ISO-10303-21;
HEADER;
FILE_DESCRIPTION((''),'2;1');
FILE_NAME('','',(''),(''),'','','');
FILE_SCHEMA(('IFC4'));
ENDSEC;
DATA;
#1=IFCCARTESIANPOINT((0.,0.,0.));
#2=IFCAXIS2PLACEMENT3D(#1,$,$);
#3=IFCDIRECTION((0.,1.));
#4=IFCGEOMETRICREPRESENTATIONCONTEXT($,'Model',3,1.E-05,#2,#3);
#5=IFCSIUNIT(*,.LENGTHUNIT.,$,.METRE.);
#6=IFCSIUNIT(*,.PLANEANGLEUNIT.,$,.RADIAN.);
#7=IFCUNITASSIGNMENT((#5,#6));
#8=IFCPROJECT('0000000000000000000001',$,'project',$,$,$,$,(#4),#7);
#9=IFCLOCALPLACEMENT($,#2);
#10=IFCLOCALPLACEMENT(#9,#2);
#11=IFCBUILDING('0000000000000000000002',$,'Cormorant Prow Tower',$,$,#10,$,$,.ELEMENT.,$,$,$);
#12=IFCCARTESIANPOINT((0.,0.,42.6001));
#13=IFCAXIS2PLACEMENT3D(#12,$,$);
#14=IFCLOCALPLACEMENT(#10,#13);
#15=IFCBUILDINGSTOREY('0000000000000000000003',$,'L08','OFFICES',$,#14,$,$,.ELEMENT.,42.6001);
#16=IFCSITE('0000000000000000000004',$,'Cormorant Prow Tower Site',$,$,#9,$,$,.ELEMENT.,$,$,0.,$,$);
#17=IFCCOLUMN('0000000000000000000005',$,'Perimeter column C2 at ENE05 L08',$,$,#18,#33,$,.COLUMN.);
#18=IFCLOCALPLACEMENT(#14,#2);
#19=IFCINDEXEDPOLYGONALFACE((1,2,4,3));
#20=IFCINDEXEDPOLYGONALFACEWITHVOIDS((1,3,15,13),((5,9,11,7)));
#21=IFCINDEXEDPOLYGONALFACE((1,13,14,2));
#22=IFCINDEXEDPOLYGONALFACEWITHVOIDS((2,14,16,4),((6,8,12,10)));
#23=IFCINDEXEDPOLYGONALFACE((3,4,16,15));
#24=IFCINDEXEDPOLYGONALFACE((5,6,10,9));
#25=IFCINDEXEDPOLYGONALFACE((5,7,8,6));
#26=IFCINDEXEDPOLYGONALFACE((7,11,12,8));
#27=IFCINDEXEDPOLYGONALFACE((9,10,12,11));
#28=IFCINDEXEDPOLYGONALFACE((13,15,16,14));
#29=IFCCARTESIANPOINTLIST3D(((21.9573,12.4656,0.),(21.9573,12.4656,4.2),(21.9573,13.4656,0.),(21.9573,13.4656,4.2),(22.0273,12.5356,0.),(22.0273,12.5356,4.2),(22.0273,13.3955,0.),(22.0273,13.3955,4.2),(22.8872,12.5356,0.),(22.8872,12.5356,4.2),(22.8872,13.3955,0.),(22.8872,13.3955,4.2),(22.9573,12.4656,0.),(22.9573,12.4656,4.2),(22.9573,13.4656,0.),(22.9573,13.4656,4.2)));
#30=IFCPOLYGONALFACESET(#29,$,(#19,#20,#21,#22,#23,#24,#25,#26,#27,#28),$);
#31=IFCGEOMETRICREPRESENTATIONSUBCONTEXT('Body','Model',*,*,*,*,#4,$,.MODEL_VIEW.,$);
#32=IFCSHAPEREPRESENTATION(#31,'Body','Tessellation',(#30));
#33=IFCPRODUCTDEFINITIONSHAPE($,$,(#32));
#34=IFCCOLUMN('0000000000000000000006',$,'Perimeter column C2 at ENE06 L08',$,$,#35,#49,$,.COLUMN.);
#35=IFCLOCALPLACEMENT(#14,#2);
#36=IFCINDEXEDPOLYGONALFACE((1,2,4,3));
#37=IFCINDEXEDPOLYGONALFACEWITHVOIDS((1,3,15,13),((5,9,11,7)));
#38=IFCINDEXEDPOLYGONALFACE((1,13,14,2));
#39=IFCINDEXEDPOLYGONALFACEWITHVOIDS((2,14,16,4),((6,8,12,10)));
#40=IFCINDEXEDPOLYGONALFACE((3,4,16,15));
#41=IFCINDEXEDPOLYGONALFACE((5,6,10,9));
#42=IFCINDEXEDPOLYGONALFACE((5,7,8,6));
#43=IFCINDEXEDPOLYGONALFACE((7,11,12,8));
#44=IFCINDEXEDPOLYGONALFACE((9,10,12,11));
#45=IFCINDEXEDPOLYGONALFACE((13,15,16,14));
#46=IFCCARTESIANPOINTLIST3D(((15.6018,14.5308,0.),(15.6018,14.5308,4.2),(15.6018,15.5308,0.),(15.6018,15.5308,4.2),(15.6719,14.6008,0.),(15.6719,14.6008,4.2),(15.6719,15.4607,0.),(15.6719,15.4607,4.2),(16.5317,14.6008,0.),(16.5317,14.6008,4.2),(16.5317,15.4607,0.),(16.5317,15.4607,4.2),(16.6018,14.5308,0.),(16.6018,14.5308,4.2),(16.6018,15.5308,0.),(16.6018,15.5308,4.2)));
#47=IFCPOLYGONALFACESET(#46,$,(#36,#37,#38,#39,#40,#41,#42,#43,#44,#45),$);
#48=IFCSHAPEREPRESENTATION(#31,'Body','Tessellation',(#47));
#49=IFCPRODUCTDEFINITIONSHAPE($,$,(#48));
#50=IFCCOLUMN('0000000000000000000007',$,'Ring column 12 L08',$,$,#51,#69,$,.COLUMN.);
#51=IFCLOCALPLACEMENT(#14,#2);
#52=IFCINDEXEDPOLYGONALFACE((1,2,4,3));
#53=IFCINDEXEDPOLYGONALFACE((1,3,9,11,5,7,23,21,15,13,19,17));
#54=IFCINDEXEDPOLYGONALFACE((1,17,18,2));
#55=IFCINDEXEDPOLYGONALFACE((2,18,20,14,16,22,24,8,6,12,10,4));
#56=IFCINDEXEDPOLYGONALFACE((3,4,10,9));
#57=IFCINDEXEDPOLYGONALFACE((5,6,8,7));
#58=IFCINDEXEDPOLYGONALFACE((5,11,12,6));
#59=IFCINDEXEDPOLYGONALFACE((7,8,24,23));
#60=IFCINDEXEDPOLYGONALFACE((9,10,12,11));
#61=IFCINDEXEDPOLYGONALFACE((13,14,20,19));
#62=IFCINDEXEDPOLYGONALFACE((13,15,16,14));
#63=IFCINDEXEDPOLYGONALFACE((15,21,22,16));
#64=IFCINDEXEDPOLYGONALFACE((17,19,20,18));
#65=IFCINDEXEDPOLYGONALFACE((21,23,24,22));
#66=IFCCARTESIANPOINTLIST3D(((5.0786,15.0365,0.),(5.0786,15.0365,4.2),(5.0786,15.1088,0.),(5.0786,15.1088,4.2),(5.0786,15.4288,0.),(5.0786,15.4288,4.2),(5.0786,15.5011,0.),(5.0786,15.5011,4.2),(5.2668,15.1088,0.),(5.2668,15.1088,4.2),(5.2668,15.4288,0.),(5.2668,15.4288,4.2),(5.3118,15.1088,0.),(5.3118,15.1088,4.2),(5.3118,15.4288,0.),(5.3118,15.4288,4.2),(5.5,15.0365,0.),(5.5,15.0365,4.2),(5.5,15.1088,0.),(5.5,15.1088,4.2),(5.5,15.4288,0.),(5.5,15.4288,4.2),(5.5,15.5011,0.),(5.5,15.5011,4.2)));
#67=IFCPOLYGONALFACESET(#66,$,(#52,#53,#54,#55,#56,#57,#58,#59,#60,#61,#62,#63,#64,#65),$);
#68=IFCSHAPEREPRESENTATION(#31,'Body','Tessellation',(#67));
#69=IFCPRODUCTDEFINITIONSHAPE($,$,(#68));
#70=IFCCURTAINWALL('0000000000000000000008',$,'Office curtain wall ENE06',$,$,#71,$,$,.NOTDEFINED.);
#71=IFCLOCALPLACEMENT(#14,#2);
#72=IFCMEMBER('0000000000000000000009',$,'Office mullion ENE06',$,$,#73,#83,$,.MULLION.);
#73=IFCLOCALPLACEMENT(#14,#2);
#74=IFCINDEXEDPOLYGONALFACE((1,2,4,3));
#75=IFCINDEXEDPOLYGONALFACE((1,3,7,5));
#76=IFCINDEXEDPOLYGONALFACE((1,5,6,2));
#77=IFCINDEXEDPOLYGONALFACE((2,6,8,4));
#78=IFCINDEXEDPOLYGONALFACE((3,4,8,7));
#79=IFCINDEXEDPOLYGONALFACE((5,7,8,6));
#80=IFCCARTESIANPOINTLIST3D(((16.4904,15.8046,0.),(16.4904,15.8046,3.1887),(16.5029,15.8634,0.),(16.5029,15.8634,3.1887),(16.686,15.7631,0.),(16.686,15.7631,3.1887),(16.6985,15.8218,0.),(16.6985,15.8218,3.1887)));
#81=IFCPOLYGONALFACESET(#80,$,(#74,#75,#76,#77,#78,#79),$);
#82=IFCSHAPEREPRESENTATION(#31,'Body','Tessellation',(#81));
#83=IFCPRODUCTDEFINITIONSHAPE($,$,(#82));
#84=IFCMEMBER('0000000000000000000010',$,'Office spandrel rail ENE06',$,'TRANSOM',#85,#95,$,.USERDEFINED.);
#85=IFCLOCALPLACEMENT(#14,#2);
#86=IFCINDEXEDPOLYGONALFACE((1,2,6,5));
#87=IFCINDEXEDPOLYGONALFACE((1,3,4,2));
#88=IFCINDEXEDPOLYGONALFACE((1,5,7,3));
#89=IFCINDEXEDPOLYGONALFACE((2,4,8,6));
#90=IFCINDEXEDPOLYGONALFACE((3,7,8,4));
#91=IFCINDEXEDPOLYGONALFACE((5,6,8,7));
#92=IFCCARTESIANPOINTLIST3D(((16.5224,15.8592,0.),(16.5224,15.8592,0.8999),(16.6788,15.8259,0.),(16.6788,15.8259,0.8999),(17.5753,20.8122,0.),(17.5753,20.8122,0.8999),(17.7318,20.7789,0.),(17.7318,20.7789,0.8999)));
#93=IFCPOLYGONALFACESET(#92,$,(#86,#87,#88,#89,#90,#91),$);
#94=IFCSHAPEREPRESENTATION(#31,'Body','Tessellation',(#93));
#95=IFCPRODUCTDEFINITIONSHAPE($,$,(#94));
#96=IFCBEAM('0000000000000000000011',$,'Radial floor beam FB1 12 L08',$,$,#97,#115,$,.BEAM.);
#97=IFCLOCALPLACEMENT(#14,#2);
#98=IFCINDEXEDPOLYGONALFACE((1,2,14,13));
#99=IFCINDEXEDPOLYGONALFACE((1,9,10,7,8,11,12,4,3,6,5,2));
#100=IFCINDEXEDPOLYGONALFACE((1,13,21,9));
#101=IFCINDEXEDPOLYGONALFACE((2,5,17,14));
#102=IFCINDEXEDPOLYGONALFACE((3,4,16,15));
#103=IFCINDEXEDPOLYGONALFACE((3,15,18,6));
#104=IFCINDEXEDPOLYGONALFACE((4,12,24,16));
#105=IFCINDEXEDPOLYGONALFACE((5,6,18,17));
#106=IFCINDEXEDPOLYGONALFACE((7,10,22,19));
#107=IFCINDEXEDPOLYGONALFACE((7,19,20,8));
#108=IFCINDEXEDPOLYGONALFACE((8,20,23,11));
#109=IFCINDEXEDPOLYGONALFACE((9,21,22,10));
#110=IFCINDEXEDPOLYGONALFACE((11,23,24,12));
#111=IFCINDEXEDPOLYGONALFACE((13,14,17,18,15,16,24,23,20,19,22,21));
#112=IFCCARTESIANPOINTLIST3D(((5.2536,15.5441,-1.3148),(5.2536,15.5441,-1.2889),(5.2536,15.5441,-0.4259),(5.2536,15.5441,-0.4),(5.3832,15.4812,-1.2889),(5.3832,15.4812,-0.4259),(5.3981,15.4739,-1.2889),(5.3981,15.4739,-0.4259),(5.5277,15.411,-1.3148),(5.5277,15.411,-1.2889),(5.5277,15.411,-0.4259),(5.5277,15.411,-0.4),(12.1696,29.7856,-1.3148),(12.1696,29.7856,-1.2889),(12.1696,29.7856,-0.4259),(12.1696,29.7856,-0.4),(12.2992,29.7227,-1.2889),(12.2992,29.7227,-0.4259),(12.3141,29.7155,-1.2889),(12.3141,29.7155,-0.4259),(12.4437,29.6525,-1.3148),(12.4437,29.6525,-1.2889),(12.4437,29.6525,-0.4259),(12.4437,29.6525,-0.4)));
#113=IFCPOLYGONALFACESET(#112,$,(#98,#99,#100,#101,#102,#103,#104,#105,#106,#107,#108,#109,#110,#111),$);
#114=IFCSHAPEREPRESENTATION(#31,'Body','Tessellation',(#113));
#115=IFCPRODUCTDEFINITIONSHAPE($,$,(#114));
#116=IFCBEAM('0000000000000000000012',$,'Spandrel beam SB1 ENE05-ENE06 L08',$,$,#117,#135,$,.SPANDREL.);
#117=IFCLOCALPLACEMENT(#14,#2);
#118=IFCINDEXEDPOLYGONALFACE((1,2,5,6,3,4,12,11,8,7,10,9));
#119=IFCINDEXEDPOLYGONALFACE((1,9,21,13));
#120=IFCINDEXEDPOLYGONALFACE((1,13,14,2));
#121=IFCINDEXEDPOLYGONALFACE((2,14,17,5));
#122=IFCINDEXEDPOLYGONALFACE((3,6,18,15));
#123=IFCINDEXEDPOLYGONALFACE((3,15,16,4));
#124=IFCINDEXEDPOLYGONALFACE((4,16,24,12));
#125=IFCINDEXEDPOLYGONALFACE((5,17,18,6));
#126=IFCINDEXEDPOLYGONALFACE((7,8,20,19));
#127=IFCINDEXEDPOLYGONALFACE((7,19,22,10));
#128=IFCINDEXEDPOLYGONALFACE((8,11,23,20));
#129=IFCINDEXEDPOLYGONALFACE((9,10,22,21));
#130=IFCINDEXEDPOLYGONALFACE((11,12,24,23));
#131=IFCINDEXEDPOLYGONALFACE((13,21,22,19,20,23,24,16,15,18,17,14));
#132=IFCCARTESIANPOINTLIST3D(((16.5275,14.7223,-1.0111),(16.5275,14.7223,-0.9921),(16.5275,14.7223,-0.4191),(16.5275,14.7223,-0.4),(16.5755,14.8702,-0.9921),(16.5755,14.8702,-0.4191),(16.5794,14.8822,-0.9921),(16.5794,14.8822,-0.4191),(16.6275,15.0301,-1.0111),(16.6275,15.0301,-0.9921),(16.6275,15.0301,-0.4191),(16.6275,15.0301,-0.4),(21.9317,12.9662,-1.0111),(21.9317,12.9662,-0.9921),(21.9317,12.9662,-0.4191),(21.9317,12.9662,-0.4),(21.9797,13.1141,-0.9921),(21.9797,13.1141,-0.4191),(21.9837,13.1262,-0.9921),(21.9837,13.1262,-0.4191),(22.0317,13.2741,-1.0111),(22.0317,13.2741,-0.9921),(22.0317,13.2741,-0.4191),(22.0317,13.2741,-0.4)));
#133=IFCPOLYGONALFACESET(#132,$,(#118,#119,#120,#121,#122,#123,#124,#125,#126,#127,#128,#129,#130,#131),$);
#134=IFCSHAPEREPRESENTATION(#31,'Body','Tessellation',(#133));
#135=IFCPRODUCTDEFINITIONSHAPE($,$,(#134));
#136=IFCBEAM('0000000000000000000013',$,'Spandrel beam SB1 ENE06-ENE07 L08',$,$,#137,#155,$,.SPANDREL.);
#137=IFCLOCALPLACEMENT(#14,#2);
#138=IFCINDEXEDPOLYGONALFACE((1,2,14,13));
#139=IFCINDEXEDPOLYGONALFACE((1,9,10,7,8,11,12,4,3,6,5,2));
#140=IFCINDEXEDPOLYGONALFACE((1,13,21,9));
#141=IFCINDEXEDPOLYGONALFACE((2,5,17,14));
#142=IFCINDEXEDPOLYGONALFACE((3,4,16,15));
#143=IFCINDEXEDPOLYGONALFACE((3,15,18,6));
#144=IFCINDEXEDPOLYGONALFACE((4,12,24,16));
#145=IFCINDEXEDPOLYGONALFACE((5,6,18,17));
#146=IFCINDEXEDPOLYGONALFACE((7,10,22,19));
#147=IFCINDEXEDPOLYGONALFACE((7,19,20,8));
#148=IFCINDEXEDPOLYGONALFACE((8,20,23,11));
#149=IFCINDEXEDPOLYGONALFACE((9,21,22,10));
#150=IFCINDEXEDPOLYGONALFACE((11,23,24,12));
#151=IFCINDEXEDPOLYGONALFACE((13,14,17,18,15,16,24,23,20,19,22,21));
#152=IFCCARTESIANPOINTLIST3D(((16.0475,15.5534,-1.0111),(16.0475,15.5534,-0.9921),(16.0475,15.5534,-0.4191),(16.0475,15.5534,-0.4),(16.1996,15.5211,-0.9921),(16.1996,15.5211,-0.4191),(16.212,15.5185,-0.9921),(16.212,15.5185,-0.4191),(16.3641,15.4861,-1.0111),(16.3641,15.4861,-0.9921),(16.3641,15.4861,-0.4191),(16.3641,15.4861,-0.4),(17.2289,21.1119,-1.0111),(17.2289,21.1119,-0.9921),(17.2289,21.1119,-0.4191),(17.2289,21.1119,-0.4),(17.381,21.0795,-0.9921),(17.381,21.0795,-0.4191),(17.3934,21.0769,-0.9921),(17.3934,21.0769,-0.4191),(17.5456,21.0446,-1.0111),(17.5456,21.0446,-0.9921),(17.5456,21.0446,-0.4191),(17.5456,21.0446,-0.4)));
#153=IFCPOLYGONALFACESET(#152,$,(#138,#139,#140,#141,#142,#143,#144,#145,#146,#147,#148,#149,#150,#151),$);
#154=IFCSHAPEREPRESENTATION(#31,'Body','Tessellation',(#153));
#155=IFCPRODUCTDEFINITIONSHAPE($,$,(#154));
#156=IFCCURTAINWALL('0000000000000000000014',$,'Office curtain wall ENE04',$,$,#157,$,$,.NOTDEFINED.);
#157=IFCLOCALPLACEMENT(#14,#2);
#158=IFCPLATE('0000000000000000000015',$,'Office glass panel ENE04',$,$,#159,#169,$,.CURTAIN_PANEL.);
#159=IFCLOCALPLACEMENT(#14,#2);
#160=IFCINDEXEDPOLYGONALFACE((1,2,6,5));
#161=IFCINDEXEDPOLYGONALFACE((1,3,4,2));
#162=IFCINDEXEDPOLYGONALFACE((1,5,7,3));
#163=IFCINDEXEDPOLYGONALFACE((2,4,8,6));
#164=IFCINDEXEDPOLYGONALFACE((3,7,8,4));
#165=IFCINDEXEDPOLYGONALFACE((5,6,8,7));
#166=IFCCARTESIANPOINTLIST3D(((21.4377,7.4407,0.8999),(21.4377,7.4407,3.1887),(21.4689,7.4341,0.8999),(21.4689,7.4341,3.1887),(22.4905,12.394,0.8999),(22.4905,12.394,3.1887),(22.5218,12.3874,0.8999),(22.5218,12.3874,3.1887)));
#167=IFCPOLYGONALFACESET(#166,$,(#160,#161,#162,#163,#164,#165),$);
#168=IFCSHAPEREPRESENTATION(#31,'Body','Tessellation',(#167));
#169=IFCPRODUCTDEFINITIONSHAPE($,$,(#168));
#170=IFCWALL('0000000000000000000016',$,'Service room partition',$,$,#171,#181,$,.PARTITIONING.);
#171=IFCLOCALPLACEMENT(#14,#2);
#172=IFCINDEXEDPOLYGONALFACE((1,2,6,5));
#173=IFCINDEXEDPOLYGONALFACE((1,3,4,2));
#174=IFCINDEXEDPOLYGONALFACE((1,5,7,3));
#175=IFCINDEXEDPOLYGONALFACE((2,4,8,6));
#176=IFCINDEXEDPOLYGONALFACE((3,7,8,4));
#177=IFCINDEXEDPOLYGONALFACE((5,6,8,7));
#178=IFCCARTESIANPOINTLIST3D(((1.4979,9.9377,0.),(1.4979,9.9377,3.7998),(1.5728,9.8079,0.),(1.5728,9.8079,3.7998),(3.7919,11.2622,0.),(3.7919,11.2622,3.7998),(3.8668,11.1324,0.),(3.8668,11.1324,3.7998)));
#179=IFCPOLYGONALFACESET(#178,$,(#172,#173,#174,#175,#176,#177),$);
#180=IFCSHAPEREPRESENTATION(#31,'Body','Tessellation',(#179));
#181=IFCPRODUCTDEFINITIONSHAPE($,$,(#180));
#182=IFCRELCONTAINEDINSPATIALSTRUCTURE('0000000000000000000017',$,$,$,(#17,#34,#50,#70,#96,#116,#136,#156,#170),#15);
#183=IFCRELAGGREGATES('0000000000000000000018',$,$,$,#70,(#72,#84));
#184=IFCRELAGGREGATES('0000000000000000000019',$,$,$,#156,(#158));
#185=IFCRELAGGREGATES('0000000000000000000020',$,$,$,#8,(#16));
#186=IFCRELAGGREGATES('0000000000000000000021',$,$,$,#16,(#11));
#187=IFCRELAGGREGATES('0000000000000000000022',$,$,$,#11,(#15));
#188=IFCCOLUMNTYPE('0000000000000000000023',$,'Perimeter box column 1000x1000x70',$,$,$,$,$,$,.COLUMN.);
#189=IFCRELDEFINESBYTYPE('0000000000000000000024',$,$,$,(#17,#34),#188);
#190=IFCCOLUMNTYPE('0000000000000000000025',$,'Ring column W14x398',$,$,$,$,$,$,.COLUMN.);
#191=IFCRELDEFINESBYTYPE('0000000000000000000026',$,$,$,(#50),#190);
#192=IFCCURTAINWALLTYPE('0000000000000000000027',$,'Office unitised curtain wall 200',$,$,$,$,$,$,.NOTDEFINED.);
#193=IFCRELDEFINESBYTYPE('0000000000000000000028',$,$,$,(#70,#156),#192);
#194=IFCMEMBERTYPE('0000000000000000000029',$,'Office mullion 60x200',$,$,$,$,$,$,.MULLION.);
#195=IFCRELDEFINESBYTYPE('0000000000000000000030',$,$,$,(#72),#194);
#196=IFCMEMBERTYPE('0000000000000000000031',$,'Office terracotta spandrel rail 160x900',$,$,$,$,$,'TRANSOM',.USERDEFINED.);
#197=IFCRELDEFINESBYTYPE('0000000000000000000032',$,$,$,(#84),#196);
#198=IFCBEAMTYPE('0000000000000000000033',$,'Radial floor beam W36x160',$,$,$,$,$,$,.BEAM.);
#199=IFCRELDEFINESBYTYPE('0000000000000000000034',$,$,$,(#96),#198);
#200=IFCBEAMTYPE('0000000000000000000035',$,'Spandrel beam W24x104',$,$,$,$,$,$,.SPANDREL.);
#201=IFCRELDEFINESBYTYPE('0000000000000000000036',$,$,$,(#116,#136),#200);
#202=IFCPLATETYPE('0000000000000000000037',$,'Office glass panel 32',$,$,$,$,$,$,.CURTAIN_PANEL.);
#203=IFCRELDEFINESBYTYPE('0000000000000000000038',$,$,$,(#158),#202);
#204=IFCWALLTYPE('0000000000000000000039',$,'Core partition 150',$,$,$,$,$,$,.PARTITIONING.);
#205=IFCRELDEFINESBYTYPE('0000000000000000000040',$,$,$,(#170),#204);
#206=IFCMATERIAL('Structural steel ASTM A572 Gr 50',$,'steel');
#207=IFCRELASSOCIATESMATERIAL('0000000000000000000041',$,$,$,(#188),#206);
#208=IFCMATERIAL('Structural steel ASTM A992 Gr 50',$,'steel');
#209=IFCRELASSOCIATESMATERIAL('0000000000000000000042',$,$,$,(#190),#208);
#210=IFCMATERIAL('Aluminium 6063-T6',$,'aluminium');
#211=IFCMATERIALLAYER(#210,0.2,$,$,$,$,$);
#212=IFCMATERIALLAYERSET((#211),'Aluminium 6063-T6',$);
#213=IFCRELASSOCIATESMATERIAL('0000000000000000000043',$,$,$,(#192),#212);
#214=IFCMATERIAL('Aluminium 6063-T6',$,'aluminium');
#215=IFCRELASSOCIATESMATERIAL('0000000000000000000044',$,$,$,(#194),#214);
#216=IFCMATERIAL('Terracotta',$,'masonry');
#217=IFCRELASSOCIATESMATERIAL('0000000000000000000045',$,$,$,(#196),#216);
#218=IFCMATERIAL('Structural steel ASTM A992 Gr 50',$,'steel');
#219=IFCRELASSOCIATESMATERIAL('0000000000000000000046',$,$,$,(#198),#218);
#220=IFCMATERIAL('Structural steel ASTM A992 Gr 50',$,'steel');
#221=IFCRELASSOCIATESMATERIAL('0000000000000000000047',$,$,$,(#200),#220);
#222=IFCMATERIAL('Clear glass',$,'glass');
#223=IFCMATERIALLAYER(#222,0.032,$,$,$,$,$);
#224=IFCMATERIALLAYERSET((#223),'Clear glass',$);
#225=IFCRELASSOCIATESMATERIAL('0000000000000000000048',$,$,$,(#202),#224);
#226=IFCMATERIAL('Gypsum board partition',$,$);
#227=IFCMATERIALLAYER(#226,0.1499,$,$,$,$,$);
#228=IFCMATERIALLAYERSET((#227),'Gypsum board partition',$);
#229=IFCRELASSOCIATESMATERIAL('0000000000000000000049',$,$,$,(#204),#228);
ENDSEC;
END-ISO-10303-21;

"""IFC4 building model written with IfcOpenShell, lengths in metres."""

from ifc_helpers import new_model, si_unit, direction, frame, frame_2d, origin, origin_2d, place, context, subcontext, project, spatial, rectangle, hollow_rectangle, i_section, extrude, material, layer, layer_set, material_profile, profile_set, type_object, element, aggregate, save


model = new_model("IFC4")

# Units and contexts
model_context = context("Model", 3, precision=1e-05, world=origin(), true_north=direction((0.0, 1.0)))
body_context = subcontext(model_context, "Body", "Model", "MODEL_VIEW")
ifc_project = project(units=[si_unit("LENGTHUNIT", "METRE"), si_unit("PLANEANGLEUNIT", "RADIAN")], contexts=[model_context])

# Site, building, storey
site_placement = place(None, origin())
site = spatial("IfcSite", under=ifc_project, at=site_placement, Name="Cormorant Prow Tower Site", CompositionType="ELEMENT", RefElevation=0.0)
building_placement = place(site_placement, origin())
building = spatial("IfcBuilding", under=site, at=building_placement, Name="Cormorant Prow Tower", CompositionType="ELEMENT")
storey_placement = place(building_placement, frame((0.0, 0.0, 42.6001)))
storey = spatial("IfcBuildingStorey", under=building, at=storey_placement, Name="L08", Description="OFFICES", CompositionType="ELEMENT", Elevation=42.6001)

# Columns
ifc_material_1 = material(Name="Structural steel ASTM A572 Gr 50", Category="steel")
ifc_material_profile_1 = material_profile(ifc_material_1, hollow_rectangle(XDim=1.0, YDim=1.0, WallThickness=0.0701, at=origin_2d()), Name="Box 1000x1000x70")
ifc_profile_set_1 = profile_set([ifc_material_profile_1], Name="Structural steel ASTM A572 Gr 50")
column_type_1 = type_object("IfcColumnType", Name="Perimeter box column 1000x1000x70", PredefinedType="COLUMN", material=ifc_profile_set_1)
for number, where, z_axis, x_axis, name in (
    (1, (22.4573, 12.9656, 0.0), (0.0, 0.0, 1.0), (1.0, 0.0, 0.0), "Perimeter column C2 at ENE05 L08"),
    (2, (16.1018, 15.0308, 0.0), (0.0, 0.0, 1.0), (1.0, 0.0, 0.0), "Perimeter column C2 at ENE06 L08"),
):
    element("IfcColumn", number, at=place(storey_placement, frame(where, z_axis=z_axis, x_axis=x_axis)), inside=storey, type_object=column_type_1, Name=name, PredefinedType="COLUMN", context=body_context, shape_type="SweptSolid", body=[
        extrude(hollow_rectangle(XDim=1.0, YDim=1.0, WallThickness=0.0701, at=origin_2d()), origin(), (0.0, 0.0, 1.0), 4.2),
    ])
ifc_material_2 = material(Name="Structural steel ASTM A992 Gr 50", Category="steel")
ifc_material_profile_2 = material_profile(ifc_material_2, i_section(OverallWidth=0.4214, OverallDepth=0.4646, WebThickness=0.0449, FlangeThickness=0.0723, at=origin_2d()), Name="W14x398")
ifc_profile_set_2 = profile_set([ifc_material_profile_2], Name="Structural steel ASTM A992 Gr 50")
column_type_2 = type_object("IfcColumnType", Name="Ring column W14x398", PredefinedType="COLUMN", material=ifc_profile_set_2)
column_placement = place(storey_placement, frame((5.2893, 15.2688, 0.0), z_axis=(0.0, 0.0, 1.0), x_axis=(1.0, 0.0, 0.0)))
element("IfcColumn", 3, at=column_placement, inside=storey, type_object=column_type_2, Name="Ring column 12 L08", PredefinedType="COLUMN", context=body_context, shape_type="SweptSolid", body=[
    extrude(i_section(OverallWidth=0.4214, OverallDepth=0.4646, WebThickness=0.0449, FlangeThickness=0.0723, at=origin_2d()), origin(), (0.0, 0.0, 1.0), 4.2),
])

# Curtain wall, members
ifc_material_3 = material(Name="Aluminium 6063-T6", Category="aluminium")
ifc_layer_1 = layer(ifc_material_3, 0.2)
ifc_layer_set_1 = layer_set([ifc_layer_1], Name="Aluminium 6063-T6")
curtain_wall_type = type_object("IfcCurtainWallType", Name="Office unitised curtain wall 200", PredefinedType="NOTDEFINED", material=ifc_layer_set_1)
curtain_wall_1_placement = place(storey_placement, origin())
curtain_wall_1 = element("IfcCurtainWall", 4, at=curtain_wall_1_placement, inside=storey, type_object=curtain_wall_type, Name="Office curtain wall ENE06", PredefinedType="NOTDEFINED")
ifc_material_4 = material(Name="Aluminium 6063-T6", Category="aluminium")
ifc_material_profile_3 = material_profile(ifc_material_4, rectangle(XDim=0.2, YDim=0.0601, at=origin_2d()), Name="Office mullion 60x200")
ifc_profile_set_3 = profile_set([ifc_material_profile_3], Name="Aluminium 6063-T6")
member_type_1 = type_object("IfcMemberType", Name="Office mullion 60x200", PredefinedType="MULLION", material=ifc_profile_set_3)
member_1_placement = place(storey_placement, frame((16.5945, 15.8132, 0.0), z_axis=(0.0, 0.0, 1.0), x_axis=(-0.978148, 0.207912, 0.0)))
member_1 = element("IfcMember", 5, at=member_1_placement, type_object=member_type_1, Name="Office mullion ENE06", PredefinedType="MULLION", context=body_context, shape_type="SweptSolid", body=[
    extrude(rectangle(XDim=0.2, YDim=0.0601, at=origin_2d()), origin(), (0.0, 0.0, 1.0), 3.1887),
])
ifc_material_5 = material(Name="Terracotta", Category="masonry")
ifc_material_profile_4 = material_profile(ifc_material_5, rectangle(XDim=0.1599, YDim=0.8999, at=origin_2d()), Name="Office terracotta spandrel rail 160x900")
ifc_profile_set_4 = profile_set([ifc_material_profile_4], Name="Terracotta")
member_type_2 = type_object("IfcMemberType", Name="Office terracotta spandrel rail 160x900", ElementType="TRANSOM", PredefinedType="USERDEFINED", material=ifc_profile_set_4)
member_2_placement = place(storey_placement, frame((16.6006, 15.8425, 0.45), z_axis=(0.207942, 0.978141, 0.0), x_axis=(-0.978141, 0.207942, 0.0)))
member_2 = element("IfcMember", 6, at=member_2_placement, type_object=member_type_2, Name="Office spandrel rail ENE06", ObjectType="TRANSOM", PredefinedType="USERDEFINED", context=body_context, shape_type="SweptSolid", body=[
    extrude(rectangle(XDim=0.1599, YDim=0.8999, at=origin_2d()), origin(), (0.0, 0.0, 1.0), 5.0637),
])
aggregate(curtain_wall_1, [member_1, member_2])

# Beams
ifc_material_6 = material(Name="Structural steel ASTM A992 Gr 50", Category="steel")
ifc_material_profile_5 = material_profile(ifc_material_6, i_section(OverallWidth=0.3047, OverallDepth=0.9148, WebThickness=0.0166, FlangeThickness=0.0259, at=origin_2d()), Name="W36x160")
ifc_profile_set_5 = profile_set([ifc_material_profile_5], Name="Structural steel ASTM A992 Gr 50")
beam_type_1 = type_object("IfcBeamType", Name="Radial floor beam W36x160", PredefinedType="BEAM", material=ifc_profile_set_5)
beam_1_placement = place(storey_placement, frame((5.3906, 15.4775, -0.8574), z_axis=(0.436839, 0.899539, 0.0), x_axis=(-0.899539, 0.436839, 0.0)))
element("IfcBeam", 7, at=beam_1_placement, inside=storey, type_object=beam_type_1, Name="Radial floor beam FB1 12 L08", PredefinedType="BEAM", context=body_context, shape_type="SweptSolid", body=[
    extrude(i_section(OverallWidth=0.3047, OverallDepth=0.9148, WebThickness=0.0166, FlangeThickness=0.0259, at=origin_2d()), origin(), (0.0, 0.0, 1.0), 15.832),
])
ifc_material_7 = material(Name="Structural steel ASTM A992 Gr 50", Category="steel")
ifc_material_profile_6 = material_profile(ifc_material_7, i_section(OverallWidth=0.3237, OverallDepth=0.6111, WebThickness=0.0127, FlangeThickness=0.019, at=origin_2d()), Name="W24x104")
ifc_profile_set_6 = profile_set([ifc_material_profile_6], Name="Structural steel ASTM A992 Gr 50")
beam_type_2 = type_object("IfcBeamType", Name="Spandrel beam W24x104", PredefinedType="SPANDREL", material=ifc_profile_set_6)
beam_2_placement = place(storey_placement, frame((21.9817, 13.1201, -0.7056), z_axis=(-0.951049, 0.309039, 0.0), x_axis=(-0.309039, -0.951049, 0.0)))
element("IfcBeam", 8, at=beam_2_placement, inside=storey, type_object=beam_type_2, Name="Spandrel beam SB1 ENE05-ENE06 L08", PredefinedType="SPANDREL", context=body_context, shape_type="SweptSolid", body=[
    extrude(i_section(OverallWidth=0.3237, OverallDepth=0.6111, WebThickness=0.0127, FlangeThickness=0.019, at=origin_2d()), origin(), (0.0, 0.0, 1.0), 5.6824),
])
beam_3_placement = place(storey_placement, frame((16.2058, 15.5198, -0.7056), z_axis=(0.2079, 0.97815, 0.0), x_axis=(-0.97815, 0.2079, 0.0)))
element("IfcBeam", 9, at=beam_3_placement, inside=storey, type_object=beam_type_2, Name="Spandrel beam SB1 ENE06-ENE07 L08", PredefinedType="SPANDREL", context=body_context, shape_type="SweptSolid", body=[
    extrude(i_section(OverallWidth=0.3237, OverallDepth=0.6111, WebThickness=0.0127, FlangeThickness=0.019, at=origin_2d()), origin(), (0.0, 0.0, 1.0), 5.6826),
])

# Curtain wall, plate
curtain_wall_2_placement = place(storey_placement, origin())
curtain_wall_2 = element("IfcCurtainWall", 10, at=curtain_wall_2_placement, inside=storey, type_object=curtain_wall_type, Name="Office curtain wall ENE04", PredefinedType="NOTDEFINED")
ifc_material_8 = material(Name="Clear glass", Category="glass")
ifc_layer_2 = layer(ifc_material_8, 0.032)
ifc_layer_set_2 = layer_set([ifc_layer_2], Name="Clear glass")
plate_type = type_object("IfcPlateType", Name="Office glass panel 32", PredefinedType="CURTAIN_PANEL", material=ifc_layer_set_2)
plate_placement = place(storey_placement, frame((21.9797, 9.9141, 0.8999), z_axis=(0.0, 0.0, 1.0), x_axis=(0.207912, 0.978148, 0.0)))
plate = element("IfcPlate", 11, at=plate_placement, type_object=plate_type, Name="Office glass panel ENE04", PredefinedType="CURTAIN_PANEL", context=body_context, shape_type="SweptSolid", body=[
    extrude(rectangle(XDim=5.064, YDim=0.032, at=origin_2d()), origin(), (0.0, 0.0, 1.0), 2.2888),
])
aggregate(curtain_wall_2, [plate])

# Wall
ifc_material_9 = material(Name="Gypsum board partition")
ifc_layer_3 = layer(ifc_material_9, 0.1499)
ifc_layer_set_3 = layer_set([ifc_layer_3], Name="Gypsum board partition")
wall_type_1 = type_object("IfcWallType", Name="Core partition 150", PredefinedType="PARTITIONING", material=ifc_layer_set_3)
wall_1_placement = place(storey_placement, frame((3.8293, 11.1973, 0.0), z_axis=(0.0, 0.0, 1.0), x_axis=(-0.866017, -0.500015, 0.0)))
element("IfcWall", 12, at=wall_1_placement, inside=storey, type_object=wall_type_1, Name="Service room partition", PredefinedType="PARTITIONING", context=body_context, shape_type="SweptSolid", body=[
    extrude(rectangle(XDim=2.6489, YDim=0.1499, at=frame_2d((1.3245, 0.0))), origin(), (0.0, 0.0, 1.0), 3.7998),
])

save(model, "model.ifc")
